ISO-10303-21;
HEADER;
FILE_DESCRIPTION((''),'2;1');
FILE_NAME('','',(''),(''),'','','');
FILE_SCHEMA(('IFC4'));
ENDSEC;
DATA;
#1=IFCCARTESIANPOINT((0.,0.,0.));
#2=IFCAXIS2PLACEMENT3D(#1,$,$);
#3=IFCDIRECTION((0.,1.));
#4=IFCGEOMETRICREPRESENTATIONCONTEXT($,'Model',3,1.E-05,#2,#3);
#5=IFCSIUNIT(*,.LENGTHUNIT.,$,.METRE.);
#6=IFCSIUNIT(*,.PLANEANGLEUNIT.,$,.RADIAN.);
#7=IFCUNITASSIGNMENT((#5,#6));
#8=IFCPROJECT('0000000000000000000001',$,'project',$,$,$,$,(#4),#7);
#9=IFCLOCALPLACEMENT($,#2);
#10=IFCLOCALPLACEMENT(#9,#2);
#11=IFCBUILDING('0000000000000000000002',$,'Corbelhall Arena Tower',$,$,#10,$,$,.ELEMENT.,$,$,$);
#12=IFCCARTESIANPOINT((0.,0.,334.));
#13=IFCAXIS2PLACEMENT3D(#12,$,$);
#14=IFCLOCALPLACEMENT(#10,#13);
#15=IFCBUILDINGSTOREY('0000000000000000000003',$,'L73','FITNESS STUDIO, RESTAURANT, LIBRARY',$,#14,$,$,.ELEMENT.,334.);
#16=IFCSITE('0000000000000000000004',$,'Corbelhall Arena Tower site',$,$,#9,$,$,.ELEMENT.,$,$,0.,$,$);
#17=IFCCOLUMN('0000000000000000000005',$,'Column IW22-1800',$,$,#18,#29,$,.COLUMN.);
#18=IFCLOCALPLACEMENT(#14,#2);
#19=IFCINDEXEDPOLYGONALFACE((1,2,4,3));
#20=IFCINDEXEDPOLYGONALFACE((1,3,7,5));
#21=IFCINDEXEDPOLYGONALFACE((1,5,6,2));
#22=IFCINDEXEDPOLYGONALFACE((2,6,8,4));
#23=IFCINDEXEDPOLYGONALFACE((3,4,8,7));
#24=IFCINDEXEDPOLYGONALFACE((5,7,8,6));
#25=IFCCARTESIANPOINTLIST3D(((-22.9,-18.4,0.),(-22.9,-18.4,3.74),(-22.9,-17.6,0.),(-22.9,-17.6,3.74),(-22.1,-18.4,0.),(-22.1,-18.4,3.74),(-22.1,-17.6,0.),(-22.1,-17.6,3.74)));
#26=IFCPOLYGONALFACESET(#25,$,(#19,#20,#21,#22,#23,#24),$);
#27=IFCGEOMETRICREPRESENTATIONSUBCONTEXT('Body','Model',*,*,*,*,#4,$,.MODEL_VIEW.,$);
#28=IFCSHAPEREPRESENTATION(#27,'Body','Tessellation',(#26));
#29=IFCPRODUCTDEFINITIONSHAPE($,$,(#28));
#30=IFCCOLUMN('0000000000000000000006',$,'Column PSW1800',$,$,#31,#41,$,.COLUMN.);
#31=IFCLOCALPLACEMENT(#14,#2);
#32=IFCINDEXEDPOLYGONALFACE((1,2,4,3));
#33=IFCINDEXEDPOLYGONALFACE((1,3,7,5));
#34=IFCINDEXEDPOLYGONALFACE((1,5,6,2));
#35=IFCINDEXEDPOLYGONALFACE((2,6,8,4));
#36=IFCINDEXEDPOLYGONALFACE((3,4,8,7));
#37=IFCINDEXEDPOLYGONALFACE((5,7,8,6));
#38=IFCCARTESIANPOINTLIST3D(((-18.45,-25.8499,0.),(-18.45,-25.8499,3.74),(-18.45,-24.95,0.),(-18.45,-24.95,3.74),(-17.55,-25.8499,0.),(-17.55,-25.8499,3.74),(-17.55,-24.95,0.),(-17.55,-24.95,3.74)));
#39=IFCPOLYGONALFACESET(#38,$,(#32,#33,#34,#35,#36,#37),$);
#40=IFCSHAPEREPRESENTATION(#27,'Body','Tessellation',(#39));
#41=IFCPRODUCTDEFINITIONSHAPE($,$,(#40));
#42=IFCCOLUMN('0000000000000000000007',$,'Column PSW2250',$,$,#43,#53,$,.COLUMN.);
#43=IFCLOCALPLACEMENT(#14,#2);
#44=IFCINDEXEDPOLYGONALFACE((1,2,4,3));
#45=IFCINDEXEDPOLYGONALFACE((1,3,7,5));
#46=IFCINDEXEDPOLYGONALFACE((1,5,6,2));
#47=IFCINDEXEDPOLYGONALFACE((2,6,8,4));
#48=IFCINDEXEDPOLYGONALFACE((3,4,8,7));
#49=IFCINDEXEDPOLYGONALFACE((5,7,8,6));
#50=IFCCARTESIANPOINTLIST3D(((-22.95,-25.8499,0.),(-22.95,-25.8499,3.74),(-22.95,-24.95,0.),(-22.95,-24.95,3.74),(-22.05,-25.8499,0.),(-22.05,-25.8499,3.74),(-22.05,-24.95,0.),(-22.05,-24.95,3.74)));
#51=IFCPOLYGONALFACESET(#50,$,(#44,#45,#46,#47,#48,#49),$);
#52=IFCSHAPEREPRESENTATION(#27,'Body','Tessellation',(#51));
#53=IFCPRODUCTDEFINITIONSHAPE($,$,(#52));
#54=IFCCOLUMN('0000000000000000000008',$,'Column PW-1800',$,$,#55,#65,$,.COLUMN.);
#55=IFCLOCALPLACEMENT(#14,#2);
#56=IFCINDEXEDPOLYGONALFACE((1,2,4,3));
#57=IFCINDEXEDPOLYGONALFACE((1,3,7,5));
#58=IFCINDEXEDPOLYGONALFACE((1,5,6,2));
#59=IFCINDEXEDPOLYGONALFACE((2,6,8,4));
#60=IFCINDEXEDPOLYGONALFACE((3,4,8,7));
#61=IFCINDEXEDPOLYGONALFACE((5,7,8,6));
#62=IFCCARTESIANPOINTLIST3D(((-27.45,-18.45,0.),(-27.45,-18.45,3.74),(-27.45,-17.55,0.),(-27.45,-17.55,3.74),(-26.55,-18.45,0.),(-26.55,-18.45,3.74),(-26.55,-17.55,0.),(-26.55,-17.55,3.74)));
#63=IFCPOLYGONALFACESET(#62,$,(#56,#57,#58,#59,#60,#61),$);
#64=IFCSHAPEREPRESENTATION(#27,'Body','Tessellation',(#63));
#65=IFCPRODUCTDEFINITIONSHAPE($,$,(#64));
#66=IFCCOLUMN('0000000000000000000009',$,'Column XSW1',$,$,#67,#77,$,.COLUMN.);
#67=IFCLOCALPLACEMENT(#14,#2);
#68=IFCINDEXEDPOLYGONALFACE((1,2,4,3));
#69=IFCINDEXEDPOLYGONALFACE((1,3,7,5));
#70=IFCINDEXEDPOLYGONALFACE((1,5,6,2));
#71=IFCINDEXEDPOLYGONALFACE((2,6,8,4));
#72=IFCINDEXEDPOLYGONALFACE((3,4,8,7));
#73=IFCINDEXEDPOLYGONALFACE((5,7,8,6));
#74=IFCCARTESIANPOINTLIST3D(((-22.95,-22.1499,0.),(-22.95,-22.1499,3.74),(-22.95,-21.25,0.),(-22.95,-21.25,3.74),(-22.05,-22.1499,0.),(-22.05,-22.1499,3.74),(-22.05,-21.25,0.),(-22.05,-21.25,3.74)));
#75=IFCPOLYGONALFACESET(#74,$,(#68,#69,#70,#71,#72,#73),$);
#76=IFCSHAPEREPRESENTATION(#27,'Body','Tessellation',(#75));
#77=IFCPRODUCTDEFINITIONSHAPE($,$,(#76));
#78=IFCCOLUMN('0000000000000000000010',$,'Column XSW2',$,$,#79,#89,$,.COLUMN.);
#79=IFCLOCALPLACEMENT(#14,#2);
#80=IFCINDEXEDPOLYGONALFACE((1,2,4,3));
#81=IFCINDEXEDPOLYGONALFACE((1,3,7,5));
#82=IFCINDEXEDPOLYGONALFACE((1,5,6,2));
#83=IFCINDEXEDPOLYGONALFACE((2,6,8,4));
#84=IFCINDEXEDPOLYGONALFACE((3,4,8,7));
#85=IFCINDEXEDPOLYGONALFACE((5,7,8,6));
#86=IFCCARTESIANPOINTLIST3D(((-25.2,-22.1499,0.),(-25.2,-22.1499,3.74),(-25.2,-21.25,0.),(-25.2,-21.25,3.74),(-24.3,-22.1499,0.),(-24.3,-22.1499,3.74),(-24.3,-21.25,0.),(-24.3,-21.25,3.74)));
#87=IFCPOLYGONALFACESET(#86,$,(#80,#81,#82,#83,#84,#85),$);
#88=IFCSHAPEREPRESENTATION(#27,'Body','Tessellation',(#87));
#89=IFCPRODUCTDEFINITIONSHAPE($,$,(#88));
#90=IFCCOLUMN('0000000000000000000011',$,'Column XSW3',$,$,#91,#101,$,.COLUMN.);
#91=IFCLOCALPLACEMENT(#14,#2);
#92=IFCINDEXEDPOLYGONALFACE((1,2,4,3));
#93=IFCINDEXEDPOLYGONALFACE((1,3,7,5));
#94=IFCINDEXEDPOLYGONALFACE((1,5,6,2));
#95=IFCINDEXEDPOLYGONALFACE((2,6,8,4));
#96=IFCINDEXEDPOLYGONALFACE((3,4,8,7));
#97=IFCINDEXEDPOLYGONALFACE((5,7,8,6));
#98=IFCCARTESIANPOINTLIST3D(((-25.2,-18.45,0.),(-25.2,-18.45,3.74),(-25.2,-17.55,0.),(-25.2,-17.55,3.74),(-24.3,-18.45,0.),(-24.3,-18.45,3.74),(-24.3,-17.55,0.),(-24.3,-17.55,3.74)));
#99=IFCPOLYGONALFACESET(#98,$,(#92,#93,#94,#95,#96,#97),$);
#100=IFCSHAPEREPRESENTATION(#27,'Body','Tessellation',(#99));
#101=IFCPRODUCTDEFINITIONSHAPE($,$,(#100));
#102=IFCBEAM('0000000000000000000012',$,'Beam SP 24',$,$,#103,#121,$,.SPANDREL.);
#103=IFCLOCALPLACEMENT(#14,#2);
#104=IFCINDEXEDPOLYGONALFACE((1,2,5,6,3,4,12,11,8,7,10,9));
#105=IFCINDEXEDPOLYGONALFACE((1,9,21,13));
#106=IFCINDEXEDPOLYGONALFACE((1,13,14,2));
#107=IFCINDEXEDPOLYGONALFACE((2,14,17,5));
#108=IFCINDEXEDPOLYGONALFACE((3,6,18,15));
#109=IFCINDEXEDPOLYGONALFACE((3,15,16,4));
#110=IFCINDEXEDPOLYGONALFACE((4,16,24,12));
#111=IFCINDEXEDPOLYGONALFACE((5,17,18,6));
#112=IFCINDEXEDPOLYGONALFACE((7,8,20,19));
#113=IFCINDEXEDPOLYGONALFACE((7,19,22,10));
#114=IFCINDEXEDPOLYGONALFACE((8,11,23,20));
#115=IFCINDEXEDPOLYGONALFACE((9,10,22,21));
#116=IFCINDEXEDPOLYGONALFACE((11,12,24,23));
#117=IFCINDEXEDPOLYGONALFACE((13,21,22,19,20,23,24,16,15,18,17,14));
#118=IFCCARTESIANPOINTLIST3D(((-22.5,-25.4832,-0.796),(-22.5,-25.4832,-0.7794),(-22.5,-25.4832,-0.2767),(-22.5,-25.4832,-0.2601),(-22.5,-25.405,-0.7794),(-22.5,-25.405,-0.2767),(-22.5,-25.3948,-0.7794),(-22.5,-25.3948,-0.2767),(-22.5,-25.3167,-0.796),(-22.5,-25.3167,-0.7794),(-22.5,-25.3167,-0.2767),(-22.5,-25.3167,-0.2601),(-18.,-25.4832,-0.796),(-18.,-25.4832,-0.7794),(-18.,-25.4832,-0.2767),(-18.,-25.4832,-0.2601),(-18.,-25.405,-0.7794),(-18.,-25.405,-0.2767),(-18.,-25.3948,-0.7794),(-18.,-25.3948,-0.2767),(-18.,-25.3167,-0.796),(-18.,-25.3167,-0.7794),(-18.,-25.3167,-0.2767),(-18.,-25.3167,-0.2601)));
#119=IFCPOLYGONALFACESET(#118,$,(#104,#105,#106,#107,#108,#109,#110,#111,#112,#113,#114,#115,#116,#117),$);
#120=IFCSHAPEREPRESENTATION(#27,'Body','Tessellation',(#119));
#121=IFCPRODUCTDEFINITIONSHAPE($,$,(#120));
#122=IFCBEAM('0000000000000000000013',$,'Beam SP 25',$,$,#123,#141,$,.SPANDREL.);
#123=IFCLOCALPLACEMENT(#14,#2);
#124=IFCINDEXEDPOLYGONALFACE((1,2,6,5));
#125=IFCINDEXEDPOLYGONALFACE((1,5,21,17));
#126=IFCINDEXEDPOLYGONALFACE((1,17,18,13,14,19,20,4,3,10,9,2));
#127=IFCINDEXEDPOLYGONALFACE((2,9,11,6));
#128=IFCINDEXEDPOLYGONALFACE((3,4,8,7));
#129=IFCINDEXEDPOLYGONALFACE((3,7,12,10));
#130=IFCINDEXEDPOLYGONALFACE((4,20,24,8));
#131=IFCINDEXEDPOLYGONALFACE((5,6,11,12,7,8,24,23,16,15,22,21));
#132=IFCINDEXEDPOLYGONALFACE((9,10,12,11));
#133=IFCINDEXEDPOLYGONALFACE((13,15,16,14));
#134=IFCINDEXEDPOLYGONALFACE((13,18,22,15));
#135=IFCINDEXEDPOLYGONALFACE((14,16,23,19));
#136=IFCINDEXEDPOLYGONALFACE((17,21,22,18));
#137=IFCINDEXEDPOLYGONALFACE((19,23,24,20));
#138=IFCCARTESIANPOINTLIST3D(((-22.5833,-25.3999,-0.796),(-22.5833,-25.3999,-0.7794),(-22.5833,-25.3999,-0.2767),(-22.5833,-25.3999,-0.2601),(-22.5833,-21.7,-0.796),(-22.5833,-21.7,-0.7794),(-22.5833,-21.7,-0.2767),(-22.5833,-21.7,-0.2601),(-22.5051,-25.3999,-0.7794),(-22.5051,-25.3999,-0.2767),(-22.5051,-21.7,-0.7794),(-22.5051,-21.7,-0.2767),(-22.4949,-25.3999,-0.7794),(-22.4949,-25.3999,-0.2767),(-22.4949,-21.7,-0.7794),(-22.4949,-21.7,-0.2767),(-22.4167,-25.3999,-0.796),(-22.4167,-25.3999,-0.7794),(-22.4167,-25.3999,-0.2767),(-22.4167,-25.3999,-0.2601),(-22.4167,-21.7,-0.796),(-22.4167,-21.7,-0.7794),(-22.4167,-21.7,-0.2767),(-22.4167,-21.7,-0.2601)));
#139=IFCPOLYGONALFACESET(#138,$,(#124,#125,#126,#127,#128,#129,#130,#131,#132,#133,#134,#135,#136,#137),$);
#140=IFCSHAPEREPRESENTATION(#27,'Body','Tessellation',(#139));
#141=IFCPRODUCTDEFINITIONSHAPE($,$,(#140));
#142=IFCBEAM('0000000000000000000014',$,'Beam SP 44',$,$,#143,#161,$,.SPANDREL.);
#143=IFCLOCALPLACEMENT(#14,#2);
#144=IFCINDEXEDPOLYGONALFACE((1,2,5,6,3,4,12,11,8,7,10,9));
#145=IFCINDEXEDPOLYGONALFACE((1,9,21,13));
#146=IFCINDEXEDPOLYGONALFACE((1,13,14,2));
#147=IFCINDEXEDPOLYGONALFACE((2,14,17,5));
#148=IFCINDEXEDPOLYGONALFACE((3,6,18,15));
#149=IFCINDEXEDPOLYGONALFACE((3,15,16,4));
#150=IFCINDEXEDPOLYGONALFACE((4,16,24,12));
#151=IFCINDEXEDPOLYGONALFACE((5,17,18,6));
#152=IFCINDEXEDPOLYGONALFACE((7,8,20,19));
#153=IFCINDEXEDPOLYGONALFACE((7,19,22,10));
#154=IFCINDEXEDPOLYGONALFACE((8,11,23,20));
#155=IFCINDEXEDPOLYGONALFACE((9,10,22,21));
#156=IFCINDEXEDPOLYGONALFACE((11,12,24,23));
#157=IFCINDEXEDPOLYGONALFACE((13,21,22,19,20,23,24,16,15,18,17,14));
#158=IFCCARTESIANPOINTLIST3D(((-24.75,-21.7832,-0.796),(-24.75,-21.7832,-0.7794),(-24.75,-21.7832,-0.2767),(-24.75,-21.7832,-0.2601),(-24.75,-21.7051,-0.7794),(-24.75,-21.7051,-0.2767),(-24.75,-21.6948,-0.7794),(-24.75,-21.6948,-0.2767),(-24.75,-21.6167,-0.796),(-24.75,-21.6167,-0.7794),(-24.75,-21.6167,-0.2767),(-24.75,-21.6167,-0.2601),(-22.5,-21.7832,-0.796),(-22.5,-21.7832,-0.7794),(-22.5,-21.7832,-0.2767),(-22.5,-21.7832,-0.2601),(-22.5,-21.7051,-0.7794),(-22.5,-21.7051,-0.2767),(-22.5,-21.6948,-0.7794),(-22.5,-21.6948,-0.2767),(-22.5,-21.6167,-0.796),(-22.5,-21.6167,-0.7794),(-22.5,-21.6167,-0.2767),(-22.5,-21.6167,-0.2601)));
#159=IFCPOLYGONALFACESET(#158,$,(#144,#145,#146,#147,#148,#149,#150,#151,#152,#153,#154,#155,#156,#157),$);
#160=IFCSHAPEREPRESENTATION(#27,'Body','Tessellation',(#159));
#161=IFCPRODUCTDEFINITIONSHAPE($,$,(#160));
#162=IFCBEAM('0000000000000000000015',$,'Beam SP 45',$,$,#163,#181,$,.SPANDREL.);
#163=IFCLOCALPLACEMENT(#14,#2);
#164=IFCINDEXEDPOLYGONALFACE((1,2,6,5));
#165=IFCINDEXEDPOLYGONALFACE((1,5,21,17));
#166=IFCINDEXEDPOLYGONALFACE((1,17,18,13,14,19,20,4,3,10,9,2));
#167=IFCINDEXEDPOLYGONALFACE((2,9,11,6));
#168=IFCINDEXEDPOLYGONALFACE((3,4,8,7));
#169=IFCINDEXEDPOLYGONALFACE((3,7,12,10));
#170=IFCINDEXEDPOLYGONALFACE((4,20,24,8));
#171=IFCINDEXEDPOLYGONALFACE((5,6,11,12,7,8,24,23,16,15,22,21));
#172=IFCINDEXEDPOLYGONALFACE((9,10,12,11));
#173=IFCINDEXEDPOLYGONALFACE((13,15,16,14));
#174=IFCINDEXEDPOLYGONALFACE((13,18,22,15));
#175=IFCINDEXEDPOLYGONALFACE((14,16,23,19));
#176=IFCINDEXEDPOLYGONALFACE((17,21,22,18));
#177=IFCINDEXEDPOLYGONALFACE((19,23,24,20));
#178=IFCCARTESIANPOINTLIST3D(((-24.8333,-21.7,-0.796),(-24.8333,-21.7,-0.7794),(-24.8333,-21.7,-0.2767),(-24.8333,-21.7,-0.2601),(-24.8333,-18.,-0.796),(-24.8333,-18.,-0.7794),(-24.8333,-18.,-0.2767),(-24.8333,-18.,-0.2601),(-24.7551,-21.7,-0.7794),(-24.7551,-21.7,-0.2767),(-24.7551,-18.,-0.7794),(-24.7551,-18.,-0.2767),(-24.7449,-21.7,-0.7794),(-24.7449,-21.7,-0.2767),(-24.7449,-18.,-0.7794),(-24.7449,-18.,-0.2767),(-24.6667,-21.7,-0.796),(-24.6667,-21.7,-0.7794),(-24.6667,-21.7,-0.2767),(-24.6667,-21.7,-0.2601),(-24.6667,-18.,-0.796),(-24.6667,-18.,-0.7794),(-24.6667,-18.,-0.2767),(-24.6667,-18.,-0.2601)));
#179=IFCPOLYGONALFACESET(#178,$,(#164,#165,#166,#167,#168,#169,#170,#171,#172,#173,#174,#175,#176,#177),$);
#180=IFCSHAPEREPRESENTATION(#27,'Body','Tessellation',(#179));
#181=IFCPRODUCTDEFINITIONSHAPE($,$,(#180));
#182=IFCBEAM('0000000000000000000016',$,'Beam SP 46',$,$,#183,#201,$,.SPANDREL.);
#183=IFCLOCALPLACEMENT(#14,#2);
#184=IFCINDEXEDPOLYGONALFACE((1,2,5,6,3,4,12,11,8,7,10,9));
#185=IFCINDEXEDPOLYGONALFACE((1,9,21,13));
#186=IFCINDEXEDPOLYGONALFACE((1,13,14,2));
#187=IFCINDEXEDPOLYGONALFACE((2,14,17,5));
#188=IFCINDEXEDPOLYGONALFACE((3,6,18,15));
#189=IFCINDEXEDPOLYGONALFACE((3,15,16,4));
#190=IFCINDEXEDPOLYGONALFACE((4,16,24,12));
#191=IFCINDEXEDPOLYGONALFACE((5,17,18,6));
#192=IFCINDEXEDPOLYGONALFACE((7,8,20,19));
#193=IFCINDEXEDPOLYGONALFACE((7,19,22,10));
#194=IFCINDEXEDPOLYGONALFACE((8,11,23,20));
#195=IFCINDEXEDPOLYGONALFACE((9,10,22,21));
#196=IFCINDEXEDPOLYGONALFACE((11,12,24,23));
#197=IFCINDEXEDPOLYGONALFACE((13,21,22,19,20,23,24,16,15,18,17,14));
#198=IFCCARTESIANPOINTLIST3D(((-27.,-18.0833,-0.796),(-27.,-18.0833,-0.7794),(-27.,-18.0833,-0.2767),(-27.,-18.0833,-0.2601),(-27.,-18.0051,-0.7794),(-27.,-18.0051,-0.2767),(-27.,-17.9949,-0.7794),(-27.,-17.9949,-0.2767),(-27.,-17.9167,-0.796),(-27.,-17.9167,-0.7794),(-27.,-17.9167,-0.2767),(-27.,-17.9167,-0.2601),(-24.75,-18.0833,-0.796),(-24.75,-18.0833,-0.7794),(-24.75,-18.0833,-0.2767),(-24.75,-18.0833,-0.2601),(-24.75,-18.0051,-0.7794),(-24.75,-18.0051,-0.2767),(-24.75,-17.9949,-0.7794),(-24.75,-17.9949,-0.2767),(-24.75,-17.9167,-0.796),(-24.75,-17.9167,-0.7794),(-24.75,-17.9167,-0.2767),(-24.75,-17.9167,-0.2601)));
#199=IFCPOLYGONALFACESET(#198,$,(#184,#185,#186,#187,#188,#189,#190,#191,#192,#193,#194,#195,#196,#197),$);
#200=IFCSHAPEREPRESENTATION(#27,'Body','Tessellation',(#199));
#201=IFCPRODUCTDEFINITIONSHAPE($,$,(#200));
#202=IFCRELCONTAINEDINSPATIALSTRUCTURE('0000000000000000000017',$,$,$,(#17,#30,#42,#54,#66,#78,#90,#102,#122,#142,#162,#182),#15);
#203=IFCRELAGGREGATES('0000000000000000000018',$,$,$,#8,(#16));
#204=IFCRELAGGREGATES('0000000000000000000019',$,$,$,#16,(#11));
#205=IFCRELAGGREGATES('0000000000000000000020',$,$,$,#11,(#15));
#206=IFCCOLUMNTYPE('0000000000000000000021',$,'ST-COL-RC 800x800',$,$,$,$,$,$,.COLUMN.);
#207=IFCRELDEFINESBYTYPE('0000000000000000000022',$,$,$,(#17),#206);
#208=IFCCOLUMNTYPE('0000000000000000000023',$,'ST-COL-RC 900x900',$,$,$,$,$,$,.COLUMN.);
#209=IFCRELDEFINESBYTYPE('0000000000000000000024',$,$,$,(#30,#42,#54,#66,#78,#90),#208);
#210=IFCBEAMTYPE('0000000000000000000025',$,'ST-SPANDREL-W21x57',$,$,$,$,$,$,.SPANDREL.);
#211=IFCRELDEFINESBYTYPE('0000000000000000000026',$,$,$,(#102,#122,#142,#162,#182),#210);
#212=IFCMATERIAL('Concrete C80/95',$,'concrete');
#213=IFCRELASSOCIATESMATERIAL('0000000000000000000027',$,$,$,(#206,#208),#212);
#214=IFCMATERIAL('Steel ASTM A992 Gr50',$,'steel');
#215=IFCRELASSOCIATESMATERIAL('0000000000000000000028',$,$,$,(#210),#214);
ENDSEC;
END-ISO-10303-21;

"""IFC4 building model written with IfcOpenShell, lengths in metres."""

from ifc_helpers import new_model, si_unit, direction, frame, origin, origin_2d, place, context, subcontext, project, spatial, rectangle, i_section, extrude, material, material_profile, profile_set, type_object, element, save


model = new_model("IFC4")

# Units and contexts
model_context = context("Model", 3, precision=1e-05, world=origin(), true_north=direction((0.0, 1.0)))
body_context = subcontext(model_context, "Body", "Model", "MODEL_VIEW")
ifc_project = project(units=[si_unit("LENGTHUNIT", "METRE"), si_unit("PLANEANGLEUNIT", "RADIAN")], contexts=[model_context])

# Site, building, storey
site_placement = place(None, origin())
site = spatial("IfcSite", under=ifc_project, at=site_placement, Name="Corbelhall Arena Tower site", CompositionType="ELEMENT", RefElevation=0.0)
building_placement = place(site_placement, origin())
building = spatial("IfcBuilding", under=site, at=building_placement, Name="Corbelhall Arena Tower", CompositionType="ELEMENT")
storey_placement = place(building_placement, frame((0.0, 0.0, 334.0)))
storey = spatial("IfcBuildingStorey", under=building, at=storey_placement, Name="L73", Description="FITNESS STUDIO, RESTAURANT, LIBRARY", CompositionType="ELEMENT", Elevation=334.0)

# Columns
ifc_material_1 = material(Name="Concrete C80/95", Category="concrete")
ifc_material_profile_1 = material_profile(ifc_material_1, rectangle(XDim=0.8, YDim=0.8, at=origin_2d()))
ifc_profile_set_1 = profile_set([ifc_material_profile_1], Name="Concrete C80/95")
column_type_1 = type_object("IfcColumnType", Name="ST-COL-RC 800x800", PredefinedType="COLUMN", material=ifc_profile_set_1)
column_placement = place(storey_placement, frame((-22.5, -18.0, 0.0), z_axis=(0.0, 0.0, 1.0), x_axis=(1.0, 0.0, 0.0)))
element("IfcColumn", 1, at=column_placement, inside=storey, type_object=column_type_1, Name="Column IW22-1800", PredefinedType="COLUMN", context=body_context, shape_type="SweptSolid", body=[
    extrude(rectangle(XDim=0.8, YDim=0.8, at=origin_2d()), origin(), (0.0, 0.0, 1.0), 3.74),
])
ifc_material_profile_2 = material_profile(ifc_material_1, rectangle(XDim=0.8999, YDim=0.8999, at=origin_2d()))
ifc_profile_set_2 = profile_set([ifc_material_profile_2], Name="Concrete C80/95")
column_type_2 = type_object("IfcColumnType", Name="ST-COL-RC 900x900", PredefinedType="COLUMN", material=ifc_profile_set_2)
for number, where, z_axis, x_axis, name in (
    (2, (-18.0, -25.3999, 0.0), (0.0, 0.0, 1.0), (1.0, 0.0, 0.0), "Column PSW1800"),
    (3, (-22.5, -25.3999, 0.0), (0.0, 0.0, 1.0), (1.0, 0.0, 0.0), "Column PSW2250"),
    (4, (-27.0, -18.0, 0.0), (0.0, 0.0, 1.0), (0.0, 1.0, 0.0), "Column PW-1800"),
    (5, (-22.5, -21.7, 0.0), (0.0, 0.0, 1.0), (1.0, 0.0, 0.0), "Column XSW1"),
    (6, (-24.75, -21.7, 0.0), (0.0, 0.0, 1.0), (1.0, 0.0, 0.0), "Column XSW2"),
    (7, (-24.75, -18.0, 0.0), (0.0, 0.0, 1.0), (1.0, 0.0, 0.0), "Column XSW3"),
):
    element("IfcColumn", number, at=place(storey_placement, frame(where, z_axis=z_axis, x_axis=x_axis)), inside=storey, type_object=column_type_2, Name=name, PredefinedType="COLUMN", context=body_context, shape_type="SweptSolid", body=[
        extrude(rectangle(XDim=0.8999, YDim=0.8999, at=origin_2d()), origin(), (0.0, 0.0, 1.0), 3.74),
    ])

# Beams
ifc_material_2 = material(Name="Steel ASTM A992 Gr50", Category="steel")
ifc_material_profile_3 = material_profile(ifc_material_2, i_section(OverallWidth=0.1665, OverallDepth=0.5359, WebThickness=0.0103, FlangeThickness=0.0166, at=origin_2d()))
ifc_profile_set_3 = profile_set([ifc_material_profile_3], Name="Steel ASTM A992 Gr50")
beam_type_1 = type_object("IfcBeamType", Name="ST-SPANDREL-W21x57", PredefinedType="SPANDREL", material=ifc_profile_set_3)
beam_1_placement = place(storey_placement, frame((-18.0, -25.3999, -0.5281), z_axis=(-1.0, 0.0, 0.0), x_axis=(0.0, -1.0, 0.0)))
element("IfcBeam", 8, at=beam_1_placement, inside=storey, type_object=beam_type_1, Name="Beam SP 24", PredefinedType="SPANDREL", context=body_context, shape_type="SweptSolid", body=[
    extrude(i_section(OverallWidth=0.1665, OverallDepth=0.5359, WebThickness=0.0103, FlangeThickness=0.0166, at=origin_2d()), origin(), (0.0, 0.0, 1.0), 4.5),
])
beam_2_placement = place(storey_placement, frame((-22.5, -25.3999, -0.5281), z_axis=(0.0, 1.0, 0.0), x_axis=(-1.0, 0.0, 0.0)))
element("IfcBeam", 9, at=beam_2_placement, inside=storey, type_object=beam_type_1, Name="Beam SP 25", PredefinedType="SPANDREL", context=body_context, shape_type="SweptSolid", body=[
    extrude(i_section(OverallWidth=0.1665, OverallDepth=0.5359, WebThickness=0.0103, FlangeThickness=0.0166, at=origin_2d()), origin(), (0.0, 0.0, 1.0), 3.7),
])
beam_3_placement = place(storey_placement, frame((-22.5, -21.7, -0.5281), z_axis=(-1.0, 0.0, 0.0), x_axis=(0.0, -1.0, 0.0)))
element("IfcBeam", 10, at=beam_3_placement, inside=storey, type_object=beam_type_1, Name="Beam SP 44", PredefinedType="SPANDREL", context=body_context, shape_type="SweptSolid", body=[
    extrude(i_section(OverallWidth=0.1665, OverallDepth=0.5359, WebThickness=0.0103, FlangeThickness=0.0166, at=origin_2d()), origin(), (0.0, 0.0, 1.0), 2.25),
])
beam_4_placement = place(storey_placement, frame((-24.75, -21.7, -0.5281), z_axis=(0.0, 1.0, 0.0), x_axis=(-1.0, 0.0, 0.0)))
element("IfcBeam", 11, at=beam_4_placement, inside=storey, type_object=beam_type_1, Name="Beam SP 45", PredefinedType="SPANDREL", context=body_context, shape_type="SweptSolid", body=[
    extrude(i_section(OverallWidth=0.1665, OverallDepth=0.5359, WebThickness=0.0103, FlangeThickness=0.0166, at=origin_2d()), origin(), (0.0, 0.0, 1.0), 3.7),
])
beam_5_placement = place(storey_placement, frame((-24.75, -18.0, -0.5281), z_axis=(-1.0, 0.0, 0.0), x_axis=(0.0, -1.0, 0.0)))
element("IfcBeam", 12, at=beam_5_placement, inside=storey, type_object=beam_type_1, Name="Beam SP 46", PredefinedType="SPANDREL", context=body_context, shape_type="SweptSolid", body=[
    extrude(i_section(OverallWidth=0.1665, OverallDepth=0.5359, WebThickness=0.0103, FlangeThickness=0.0166, at=origin_2d()), origin(), (0.0, 0.0, 1.0), 2.25),
])

save(model, "model.ifc")
